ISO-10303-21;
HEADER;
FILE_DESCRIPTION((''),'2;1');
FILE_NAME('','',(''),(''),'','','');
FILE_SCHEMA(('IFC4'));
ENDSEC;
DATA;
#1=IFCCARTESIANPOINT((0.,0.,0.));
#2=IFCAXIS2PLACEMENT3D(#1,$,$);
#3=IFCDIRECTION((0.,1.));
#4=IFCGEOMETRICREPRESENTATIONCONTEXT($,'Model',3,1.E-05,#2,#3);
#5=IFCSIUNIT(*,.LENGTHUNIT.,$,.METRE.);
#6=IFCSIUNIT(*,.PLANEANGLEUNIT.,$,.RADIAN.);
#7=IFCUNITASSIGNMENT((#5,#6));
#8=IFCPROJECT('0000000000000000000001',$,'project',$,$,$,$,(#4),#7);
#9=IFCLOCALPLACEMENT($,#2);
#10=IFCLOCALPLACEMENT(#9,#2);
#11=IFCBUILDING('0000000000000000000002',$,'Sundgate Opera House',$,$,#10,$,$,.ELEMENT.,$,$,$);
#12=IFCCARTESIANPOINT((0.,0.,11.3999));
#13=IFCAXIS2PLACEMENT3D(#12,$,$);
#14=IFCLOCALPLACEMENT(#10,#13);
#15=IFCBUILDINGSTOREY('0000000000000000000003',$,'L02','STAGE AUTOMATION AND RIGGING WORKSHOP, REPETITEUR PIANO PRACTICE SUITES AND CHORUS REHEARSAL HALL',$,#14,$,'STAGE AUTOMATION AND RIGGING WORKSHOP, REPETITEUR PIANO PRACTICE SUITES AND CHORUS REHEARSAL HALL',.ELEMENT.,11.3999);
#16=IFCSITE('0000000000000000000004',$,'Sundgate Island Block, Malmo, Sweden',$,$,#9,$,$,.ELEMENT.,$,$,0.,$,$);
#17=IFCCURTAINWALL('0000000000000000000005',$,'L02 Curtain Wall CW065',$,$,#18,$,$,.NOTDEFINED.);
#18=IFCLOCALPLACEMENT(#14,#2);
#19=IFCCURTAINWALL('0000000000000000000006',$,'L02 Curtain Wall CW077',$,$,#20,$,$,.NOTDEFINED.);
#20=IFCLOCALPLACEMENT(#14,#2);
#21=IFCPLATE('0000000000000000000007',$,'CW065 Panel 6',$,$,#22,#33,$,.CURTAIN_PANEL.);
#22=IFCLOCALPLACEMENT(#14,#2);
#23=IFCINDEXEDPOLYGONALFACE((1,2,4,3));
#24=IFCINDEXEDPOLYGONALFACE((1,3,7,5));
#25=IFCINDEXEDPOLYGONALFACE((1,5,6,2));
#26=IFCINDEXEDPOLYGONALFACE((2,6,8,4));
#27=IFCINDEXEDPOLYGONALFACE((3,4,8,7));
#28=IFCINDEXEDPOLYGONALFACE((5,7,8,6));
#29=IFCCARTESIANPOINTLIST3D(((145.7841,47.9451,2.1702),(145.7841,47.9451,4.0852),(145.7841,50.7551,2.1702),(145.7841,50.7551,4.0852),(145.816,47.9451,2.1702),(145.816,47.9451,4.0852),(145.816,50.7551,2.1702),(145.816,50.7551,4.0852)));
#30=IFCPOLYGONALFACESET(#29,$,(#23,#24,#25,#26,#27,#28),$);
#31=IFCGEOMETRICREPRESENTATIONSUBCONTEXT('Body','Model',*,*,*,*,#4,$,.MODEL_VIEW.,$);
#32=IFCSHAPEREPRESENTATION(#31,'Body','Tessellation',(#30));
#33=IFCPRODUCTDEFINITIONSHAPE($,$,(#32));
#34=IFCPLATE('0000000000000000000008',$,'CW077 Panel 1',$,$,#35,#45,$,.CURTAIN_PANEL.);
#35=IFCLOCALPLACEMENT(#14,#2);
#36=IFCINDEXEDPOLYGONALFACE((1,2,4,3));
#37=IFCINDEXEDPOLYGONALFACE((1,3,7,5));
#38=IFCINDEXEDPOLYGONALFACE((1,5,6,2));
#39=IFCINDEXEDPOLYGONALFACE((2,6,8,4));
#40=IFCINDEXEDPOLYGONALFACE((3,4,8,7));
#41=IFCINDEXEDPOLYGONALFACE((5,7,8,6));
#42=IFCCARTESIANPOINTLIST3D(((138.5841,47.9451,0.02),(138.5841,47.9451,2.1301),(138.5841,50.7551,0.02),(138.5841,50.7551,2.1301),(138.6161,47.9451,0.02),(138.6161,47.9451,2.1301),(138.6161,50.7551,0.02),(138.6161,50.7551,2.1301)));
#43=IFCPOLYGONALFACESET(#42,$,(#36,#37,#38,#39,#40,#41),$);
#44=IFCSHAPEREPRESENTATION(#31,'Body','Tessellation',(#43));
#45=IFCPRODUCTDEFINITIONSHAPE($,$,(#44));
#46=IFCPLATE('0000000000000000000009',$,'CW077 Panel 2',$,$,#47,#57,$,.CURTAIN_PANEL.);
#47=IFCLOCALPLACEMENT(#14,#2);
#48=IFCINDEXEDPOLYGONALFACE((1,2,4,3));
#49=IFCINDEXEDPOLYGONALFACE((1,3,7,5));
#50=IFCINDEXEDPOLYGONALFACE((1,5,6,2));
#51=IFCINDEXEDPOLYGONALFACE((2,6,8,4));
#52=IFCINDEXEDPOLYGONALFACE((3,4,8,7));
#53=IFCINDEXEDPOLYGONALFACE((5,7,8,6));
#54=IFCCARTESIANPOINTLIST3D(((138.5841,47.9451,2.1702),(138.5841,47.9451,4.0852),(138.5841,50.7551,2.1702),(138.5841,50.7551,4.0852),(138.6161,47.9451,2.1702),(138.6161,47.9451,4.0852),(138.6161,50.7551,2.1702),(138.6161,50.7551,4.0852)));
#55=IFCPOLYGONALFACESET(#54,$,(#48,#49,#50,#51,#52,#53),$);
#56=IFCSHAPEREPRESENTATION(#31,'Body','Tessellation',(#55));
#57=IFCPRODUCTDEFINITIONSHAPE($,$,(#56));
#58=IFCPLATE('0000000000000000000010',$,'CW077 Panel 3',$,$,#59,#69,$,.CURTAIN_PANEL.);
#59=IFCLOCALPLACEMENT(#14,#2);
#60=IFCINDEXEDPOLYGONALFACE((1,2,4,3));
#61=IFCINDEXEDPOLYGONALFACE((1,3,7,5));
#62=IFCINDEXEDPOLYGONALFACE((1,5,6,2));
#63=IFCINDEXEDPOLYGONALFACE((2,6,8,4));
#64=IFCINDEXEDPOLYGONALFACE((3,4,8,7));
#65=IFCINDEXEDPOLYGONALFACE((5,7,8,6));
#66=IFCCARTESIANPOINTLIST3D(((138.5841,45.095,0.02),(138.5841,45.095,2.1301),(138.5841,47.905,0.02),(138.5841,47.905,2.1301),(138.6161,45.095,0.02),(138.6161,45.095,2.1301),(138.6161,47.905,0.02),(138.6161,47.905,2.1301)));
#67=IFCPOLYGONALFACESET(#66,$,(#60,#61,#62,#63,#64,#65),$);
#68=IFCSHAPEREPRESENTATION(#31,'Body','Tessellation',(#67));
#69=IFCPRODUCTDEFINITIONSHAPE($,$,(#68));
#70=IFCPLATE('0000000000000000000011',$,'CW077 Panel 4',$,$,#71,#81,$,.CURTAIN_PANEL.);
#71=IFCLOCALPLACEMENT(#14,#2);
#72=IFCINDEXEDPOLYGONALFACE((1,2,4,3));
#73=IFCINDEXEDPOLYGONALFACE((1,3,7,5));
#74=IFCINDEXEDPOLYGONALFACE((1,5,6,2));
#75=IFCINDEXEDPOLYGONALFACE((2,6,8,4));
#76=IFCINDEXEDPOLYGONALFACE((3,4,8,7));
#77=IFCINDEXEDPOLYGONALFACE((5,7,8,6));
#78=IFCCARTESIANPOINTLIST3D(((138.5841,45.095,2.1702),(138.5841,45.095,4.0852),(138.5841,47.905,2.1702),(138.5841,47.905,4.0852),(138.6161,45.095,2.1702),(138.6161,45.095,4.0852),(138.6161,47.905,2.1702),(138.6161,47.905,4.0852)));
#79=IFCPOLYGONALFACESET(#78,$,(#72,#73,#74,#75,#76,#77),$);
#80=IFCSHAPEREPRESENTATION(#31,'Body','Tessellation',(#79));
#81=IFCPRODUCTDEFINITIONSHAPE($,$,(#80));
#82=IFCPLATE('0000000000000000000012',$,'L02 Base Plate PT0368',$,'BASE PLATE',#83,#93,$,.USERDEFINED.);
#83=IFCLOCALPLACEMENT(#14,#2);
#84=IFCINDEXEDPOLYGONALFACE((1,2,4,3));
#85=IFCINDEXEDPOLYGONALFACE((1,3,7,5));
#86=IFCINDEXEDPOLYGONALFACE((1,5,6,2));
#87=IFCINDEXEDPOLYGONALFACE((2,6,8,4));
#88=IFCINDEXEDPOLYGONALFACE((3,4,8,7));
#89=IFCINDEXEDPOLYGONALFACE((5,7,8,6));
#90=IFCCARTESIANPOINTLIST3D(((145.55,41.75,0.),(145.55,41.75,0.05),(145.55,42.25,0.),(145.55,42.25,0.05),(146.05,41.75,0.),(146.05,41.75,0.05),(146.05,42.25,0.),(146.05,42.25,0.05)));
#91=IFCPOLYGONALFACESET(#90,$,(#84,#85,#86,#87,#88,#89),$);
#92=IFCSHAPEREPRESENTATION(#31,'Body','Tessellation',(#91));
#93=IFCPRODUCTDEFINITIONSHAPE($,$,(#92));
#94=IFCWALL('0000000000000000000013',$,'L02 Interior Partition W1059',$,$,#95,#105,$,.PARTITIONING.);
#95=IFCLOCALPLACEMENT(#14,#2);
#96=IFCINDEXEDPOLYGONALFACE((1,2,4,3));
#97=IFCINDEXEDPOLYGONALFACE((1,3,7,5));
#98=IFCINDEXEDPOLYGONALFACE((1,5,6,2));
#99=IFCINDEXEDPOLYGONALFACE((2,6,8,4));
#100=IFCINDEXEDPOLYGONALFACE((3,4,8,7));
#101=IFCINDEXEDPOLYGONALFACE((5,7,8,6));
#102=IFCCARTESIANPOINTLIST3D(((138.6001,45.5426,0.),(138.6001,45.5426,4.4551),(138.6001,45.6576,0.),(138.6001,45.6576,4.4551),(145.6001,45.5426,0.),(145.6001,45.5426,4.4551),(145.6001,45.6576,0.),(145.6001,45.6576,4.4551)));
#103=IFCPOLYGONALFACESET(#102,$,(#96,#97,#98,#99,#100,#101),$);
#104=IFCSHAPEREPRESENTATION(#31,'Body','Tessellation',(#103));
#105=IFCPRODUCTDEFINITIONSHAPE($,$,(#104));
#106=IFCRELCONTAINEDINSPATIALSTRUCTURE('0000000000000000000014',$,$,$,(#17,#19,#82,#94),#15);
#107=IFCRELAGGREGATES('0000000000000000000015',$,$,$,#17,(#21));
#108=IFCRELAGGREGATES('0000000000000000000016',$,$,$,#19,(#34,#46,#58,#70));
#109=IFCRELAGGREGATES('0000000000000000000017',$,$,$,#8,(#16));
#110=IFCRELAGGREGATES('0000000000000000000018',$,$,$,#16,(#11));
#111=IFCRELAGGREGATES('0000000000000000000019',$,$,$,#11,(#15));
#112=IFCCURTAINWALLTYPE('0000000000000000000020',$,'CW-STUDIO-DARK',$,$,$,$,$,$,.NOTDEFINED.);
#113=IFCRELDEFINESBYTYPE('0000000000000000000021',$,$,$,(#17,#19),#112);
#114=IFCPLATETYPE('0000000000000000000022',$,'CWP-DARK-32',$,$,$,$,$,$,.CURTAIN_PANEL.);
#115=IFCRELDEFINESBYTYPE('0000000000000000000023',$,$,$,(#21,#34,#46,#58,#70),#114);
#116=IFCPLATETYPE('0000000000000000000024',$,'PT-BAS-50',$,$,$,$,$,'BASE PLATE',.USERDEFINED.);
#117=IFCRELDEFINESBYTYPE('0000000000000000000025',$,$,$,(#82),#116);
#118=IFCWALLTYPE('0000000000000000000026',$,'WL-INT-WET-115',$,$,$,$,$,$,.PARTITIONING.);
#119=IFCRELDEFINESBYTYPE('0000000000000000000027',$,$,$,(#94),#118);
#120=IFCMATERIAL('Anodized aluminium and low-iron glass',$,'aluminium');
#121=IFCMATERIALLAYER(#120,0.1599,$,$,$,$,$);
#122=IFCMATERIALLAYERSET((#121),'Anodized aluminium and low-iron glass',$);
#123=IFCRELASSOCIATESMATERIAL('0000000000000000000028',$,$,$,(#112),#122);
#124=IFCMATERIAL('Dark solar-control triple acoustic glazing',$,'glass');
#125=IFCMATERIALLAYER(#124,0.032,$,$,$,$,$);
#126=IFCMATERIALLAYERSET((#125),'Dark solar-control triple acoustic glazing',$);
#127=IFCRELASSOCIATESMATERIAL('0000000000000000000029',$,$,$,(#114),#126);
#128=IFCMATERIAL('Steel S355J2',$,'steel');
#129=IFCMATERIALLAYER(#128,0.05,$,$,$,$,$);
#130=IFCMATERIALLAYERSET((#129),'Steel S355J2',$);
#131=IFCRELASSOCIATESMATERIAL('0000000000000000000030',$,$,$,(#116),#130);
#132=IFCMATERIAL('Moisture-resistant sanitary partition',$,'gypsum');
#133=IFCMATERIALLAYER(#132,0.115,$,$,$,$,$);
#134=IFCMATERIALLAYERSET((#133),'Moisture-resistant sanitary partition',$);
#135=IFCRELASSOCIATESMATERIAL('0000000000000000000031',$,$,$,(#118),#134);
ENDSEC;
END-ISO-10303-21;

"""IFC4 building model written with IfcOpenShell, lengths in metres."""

from ifc_helpers import new_model, si_unit, direction, frame, frame_2d, origin, origin_2d, place, context, subcontext, project, spatial, rectangle, extrude, material, layer, layer_set, type_object, element, aggregate, save


model = new_model("IFC4")

# Units and contexts
model_context = context("Model", 3, precision=1e-05, world=origin(), true_north=direction((0.0, 1.0)))
body_context = subcontext(model_context, "Body", "Model", "MODEL_VIEW")
ifc_project = project(units=[si_unit("LENGTHUNIT", "METRE"), si_unit("PLANEANGLEUNIT", "RADIAN")], contexts=[model_context])

# Site, building, storey
site_placement = place(None, origin())
site = spatial("IfcSite", under=ifc_project, at=site_placement, Name="Sundgate Island Block, Malmo, Sweden", CompositionType="ELEMENT", RefElevation=0.0)
building_placement = place(site_placement, origin())
building = spatial("IfcBuilding", under=site, at=building_placement, Name="Sundgate Opera House", CompositionType="ELEMENT")
storey_placement = place(building_placement, frame((0.0, 0.0, 11.3999)))
storey = spatial("IfcBuildingStorey", under=building, at=storey_placement, Name="L02", Description="STAGE AUTOMATION AND RIGGING WORKSHOP, REPETITEUR PIANO PRACTICE SUITES AND CHORUS REHEARSAL HALL", LongName="STAGE AUTOMATION AND RIGGING WORKSHOP, REPETITEUR PIANO PRACTICE SUITES AND CHORUS REHEARSAL HALL", CompositionType="ELEMENT", Elevation=11.3999)

# Shared definitions
ifc_material_1 = material(Name="Anodized aluminium and low-iron glass", Category="aluminium")
ifc_layer_1 = layer(ifc_material_1, 0.1599)
ifc_layer_set_1 = layer_set([ifc_layer_1], Name="Anodized aluminium and low-iron glass")
curtain_wall_type = type_object("IfcCurtainWallType", Name="CW-STUDIO-DARK", PredefinedType="NOTDEFINED", material=ifc_layer_set_1)

# Curtain walls
curtain_wall_1_placement = place(storey_placement, origin())
curtain_wall_1 = element("IfcCurtainWall", 1, at=curtain_wall_1_placement, inside=storey, type_object=curtain_wall_type, Name="L02 Curtain Wall CW065", PredefinedType="NOTDEFINED")
curtain_wall_2_placement = place(storey_placement, origin())
curtain_wall_2 = element("IfcCurtainWall", 2, at=curtain_wall_2_placement, inside=storey, type_object=curtain_wall_type, Name="L02 Curtain Wall CW077", PredefinedType="NOTDEFINED")

# Plates
ifc_material_2 = material(Name="Dark solar-control triple acoustic glazing", Category="glass")
ifc_layer_2 = layer(ifc_material_2, 0.032)
ifc_layer_set_2 = layer_set([ifc_layer_2], Name="Dark solar-control triple acoustic glazing")
plate_type_1 = type_object("IfcPlateType", Name="CWP-DARK-32", PredefinedType="CURTAIN_PANEL", material=ifc_layer_set_2)
plate_1_placement = place(storey_placement, frame((145.8, 49.3501, 2.1702), z_axis=(0.0, 0.0, 1.0), x_axis=(0.0, 1.0, 0.0)))
plate_1 = element("IfcPlate", 3, at=plate_1_placement, type_object=plate_type_1, Name="CW065 Panel 6", PredefinedType="CURTAIN_PANEL", context=body_context, shape_type="SweptSolid", body=[
    extrude(rectangle(XDim=2.8101, YDim=0.032, at=origin_2d()), origin(), (0.0, 0.0, 1.0), 1.915),
])
aggregate(curtain_wall_1, [plate_1])
plate_2_placement = place(storey_placement, frame((138.6001, 49.3501, 0.02), z_axis=(0.0, 0.0, 1.0), x_axis=(0.0, -1.0, 0.0)))
plate_2 = element("IfcPlate", 4, at=plate_2_placement, type_object=plate_type_1, Name="CW077 Panel 1", PredefinedType="CURTAIN_PANEL", context=body_context, shape_type="SweptSolid", body=[
    extrude(rectangle(XDim=2.8101, YDim=0.032, at=origin_2d()), origin(), (0.0, 0.0, 1.0), 2.1101),
])
plate_3_placement = place(storey_placement, frame((138.6001, 49.3501, 2.1702), z_axis=(0.0, 0.0, 1.0), x_axis=(0.0, -1.0, 0.0)))
plate_3 = element("IfcPlate", 5, at=plate_3_placement, type_object=plate_type_1, Name="CW077 Panel 2", PredefinedType="CURTAIN_PANEL", context=body_context, shape_type="SweptSolid", body=[
    extrude(rectangle(XDim=2.8101, YDim=0.032, at=origin_2d()), origin(), (0.0, 0.0, 1.0), 1.915),
])
plate_4_placement = place(storey_placement, frame((138.6001, 46.5, 0.02), z_axis=(0.0, 0.0, 1.0), x_axis=(0.0, -1.0, 0.0)))
plate_4 = element("IfcPlate", 6, at=plate_4_placement, type_object=plate_type_1, Name="CW077 Panel 3", PredefinedType="CURTAIN_PANEL", context=body_context, shape_type="SweptSolid", body=[
    extrude(rectangle(XDim=2.8101, YDim=0.032, at=origin_2d()), origin(), (0.0, 0.0, 1.0), 2.1101),
])
plate_5_placement = place(storey_placement, frame((138.6001, 46.5, 2.1702), z_axis=(0.0, 0.0, 1.0), x_axis=(0.0, -1.0, 0.0)))
plate_5 = element("IfcPlate", 7, at=plate_5_placement, type_object=plate_type_1, Name="CW077 Panel 4", PredefinedType="CURTAIN_PANEL", context=body_context, shape_type="SweptSolid", body=[
    extrude(rectangle(XDim=2.8101, YDim=0.032, at=origin_2d()), origin(), (0.0, 0.0, 1.0), 1.915),
])
aggregate(curtain_wall_2, [plate_2, plate_3, plate_4, plate_5])
ifc_material_3 = material(Name="Steel S355J2", Category="steel")
ifc_layer_3 = layer(ifc_material_3, 0.05)
ifc_layer_set_3 = layer_set([ifc_layer_3], Name="Steel S355J2")
plate_type_2 = type_object("IfcPlateType", Name="PT-BAS-50", ElementType="BASE PLATE", PredefinedType="USERDEFINED", material=ifc_layer_set_3)
plate_6_placement = place(storey_placement, frame((145.8, 42.0, 0.0), z_axis=(0.0, 0.0, 1.0), x_axis=(1.0, 0.0, 0.0)))
element("IfcPlate", 8, at=plate_6_placement, inside=storey, type_object=plate_type_2, Name="L02 Base Plate PT0368", ObjectType="BASE PLATE", PredefinedType="USERDEFINED", context=body_context, shape_type="SweptSolid", body=[
    extrude(rectangle(XDim=0.5, YDim=0.5, at=origin_2d()), origin(), (0.0, 0.0, 1.0), 0.05),
])

# Wall
ifc_material_4 = material(Name="Moisture-resistant sanitary partition", Category="gypsum")
ifc_layer_4 = layer(ifc_material_4, 0.115)
ifc_layer_set_4 = layer_set([ifc_layer_4], Name="Moisture-resistant sanitary partition")
wall_type = type_object("IfcWallType", Name="WL-INT-WET-115", PredefinedType="PARTITIONING", material=ifc_layer_set_4)
wall_placement = place(storey_placement, frame((138.6001, 45.6001, 0.0), z_axis=(0.0, 0.0, 1.0), x_axis=(1.0, 0.0, 0.0)))
element("IfcWall", 9, at=wall_placement, inside=storey, type_object=wall_type, Name="L02 Interior Partition W1059", PredefinedType="PARTITIONING", context=body_context, shape_type="SweptSolid", body=[
    extrude(rectangle(XDim=7.0, YDim=0.115, at=frame_2d((3.5, 0.0))), origin(), (0.0, 0.0, 1.0), 4.4551),
])

save(model, "model.ifc")
